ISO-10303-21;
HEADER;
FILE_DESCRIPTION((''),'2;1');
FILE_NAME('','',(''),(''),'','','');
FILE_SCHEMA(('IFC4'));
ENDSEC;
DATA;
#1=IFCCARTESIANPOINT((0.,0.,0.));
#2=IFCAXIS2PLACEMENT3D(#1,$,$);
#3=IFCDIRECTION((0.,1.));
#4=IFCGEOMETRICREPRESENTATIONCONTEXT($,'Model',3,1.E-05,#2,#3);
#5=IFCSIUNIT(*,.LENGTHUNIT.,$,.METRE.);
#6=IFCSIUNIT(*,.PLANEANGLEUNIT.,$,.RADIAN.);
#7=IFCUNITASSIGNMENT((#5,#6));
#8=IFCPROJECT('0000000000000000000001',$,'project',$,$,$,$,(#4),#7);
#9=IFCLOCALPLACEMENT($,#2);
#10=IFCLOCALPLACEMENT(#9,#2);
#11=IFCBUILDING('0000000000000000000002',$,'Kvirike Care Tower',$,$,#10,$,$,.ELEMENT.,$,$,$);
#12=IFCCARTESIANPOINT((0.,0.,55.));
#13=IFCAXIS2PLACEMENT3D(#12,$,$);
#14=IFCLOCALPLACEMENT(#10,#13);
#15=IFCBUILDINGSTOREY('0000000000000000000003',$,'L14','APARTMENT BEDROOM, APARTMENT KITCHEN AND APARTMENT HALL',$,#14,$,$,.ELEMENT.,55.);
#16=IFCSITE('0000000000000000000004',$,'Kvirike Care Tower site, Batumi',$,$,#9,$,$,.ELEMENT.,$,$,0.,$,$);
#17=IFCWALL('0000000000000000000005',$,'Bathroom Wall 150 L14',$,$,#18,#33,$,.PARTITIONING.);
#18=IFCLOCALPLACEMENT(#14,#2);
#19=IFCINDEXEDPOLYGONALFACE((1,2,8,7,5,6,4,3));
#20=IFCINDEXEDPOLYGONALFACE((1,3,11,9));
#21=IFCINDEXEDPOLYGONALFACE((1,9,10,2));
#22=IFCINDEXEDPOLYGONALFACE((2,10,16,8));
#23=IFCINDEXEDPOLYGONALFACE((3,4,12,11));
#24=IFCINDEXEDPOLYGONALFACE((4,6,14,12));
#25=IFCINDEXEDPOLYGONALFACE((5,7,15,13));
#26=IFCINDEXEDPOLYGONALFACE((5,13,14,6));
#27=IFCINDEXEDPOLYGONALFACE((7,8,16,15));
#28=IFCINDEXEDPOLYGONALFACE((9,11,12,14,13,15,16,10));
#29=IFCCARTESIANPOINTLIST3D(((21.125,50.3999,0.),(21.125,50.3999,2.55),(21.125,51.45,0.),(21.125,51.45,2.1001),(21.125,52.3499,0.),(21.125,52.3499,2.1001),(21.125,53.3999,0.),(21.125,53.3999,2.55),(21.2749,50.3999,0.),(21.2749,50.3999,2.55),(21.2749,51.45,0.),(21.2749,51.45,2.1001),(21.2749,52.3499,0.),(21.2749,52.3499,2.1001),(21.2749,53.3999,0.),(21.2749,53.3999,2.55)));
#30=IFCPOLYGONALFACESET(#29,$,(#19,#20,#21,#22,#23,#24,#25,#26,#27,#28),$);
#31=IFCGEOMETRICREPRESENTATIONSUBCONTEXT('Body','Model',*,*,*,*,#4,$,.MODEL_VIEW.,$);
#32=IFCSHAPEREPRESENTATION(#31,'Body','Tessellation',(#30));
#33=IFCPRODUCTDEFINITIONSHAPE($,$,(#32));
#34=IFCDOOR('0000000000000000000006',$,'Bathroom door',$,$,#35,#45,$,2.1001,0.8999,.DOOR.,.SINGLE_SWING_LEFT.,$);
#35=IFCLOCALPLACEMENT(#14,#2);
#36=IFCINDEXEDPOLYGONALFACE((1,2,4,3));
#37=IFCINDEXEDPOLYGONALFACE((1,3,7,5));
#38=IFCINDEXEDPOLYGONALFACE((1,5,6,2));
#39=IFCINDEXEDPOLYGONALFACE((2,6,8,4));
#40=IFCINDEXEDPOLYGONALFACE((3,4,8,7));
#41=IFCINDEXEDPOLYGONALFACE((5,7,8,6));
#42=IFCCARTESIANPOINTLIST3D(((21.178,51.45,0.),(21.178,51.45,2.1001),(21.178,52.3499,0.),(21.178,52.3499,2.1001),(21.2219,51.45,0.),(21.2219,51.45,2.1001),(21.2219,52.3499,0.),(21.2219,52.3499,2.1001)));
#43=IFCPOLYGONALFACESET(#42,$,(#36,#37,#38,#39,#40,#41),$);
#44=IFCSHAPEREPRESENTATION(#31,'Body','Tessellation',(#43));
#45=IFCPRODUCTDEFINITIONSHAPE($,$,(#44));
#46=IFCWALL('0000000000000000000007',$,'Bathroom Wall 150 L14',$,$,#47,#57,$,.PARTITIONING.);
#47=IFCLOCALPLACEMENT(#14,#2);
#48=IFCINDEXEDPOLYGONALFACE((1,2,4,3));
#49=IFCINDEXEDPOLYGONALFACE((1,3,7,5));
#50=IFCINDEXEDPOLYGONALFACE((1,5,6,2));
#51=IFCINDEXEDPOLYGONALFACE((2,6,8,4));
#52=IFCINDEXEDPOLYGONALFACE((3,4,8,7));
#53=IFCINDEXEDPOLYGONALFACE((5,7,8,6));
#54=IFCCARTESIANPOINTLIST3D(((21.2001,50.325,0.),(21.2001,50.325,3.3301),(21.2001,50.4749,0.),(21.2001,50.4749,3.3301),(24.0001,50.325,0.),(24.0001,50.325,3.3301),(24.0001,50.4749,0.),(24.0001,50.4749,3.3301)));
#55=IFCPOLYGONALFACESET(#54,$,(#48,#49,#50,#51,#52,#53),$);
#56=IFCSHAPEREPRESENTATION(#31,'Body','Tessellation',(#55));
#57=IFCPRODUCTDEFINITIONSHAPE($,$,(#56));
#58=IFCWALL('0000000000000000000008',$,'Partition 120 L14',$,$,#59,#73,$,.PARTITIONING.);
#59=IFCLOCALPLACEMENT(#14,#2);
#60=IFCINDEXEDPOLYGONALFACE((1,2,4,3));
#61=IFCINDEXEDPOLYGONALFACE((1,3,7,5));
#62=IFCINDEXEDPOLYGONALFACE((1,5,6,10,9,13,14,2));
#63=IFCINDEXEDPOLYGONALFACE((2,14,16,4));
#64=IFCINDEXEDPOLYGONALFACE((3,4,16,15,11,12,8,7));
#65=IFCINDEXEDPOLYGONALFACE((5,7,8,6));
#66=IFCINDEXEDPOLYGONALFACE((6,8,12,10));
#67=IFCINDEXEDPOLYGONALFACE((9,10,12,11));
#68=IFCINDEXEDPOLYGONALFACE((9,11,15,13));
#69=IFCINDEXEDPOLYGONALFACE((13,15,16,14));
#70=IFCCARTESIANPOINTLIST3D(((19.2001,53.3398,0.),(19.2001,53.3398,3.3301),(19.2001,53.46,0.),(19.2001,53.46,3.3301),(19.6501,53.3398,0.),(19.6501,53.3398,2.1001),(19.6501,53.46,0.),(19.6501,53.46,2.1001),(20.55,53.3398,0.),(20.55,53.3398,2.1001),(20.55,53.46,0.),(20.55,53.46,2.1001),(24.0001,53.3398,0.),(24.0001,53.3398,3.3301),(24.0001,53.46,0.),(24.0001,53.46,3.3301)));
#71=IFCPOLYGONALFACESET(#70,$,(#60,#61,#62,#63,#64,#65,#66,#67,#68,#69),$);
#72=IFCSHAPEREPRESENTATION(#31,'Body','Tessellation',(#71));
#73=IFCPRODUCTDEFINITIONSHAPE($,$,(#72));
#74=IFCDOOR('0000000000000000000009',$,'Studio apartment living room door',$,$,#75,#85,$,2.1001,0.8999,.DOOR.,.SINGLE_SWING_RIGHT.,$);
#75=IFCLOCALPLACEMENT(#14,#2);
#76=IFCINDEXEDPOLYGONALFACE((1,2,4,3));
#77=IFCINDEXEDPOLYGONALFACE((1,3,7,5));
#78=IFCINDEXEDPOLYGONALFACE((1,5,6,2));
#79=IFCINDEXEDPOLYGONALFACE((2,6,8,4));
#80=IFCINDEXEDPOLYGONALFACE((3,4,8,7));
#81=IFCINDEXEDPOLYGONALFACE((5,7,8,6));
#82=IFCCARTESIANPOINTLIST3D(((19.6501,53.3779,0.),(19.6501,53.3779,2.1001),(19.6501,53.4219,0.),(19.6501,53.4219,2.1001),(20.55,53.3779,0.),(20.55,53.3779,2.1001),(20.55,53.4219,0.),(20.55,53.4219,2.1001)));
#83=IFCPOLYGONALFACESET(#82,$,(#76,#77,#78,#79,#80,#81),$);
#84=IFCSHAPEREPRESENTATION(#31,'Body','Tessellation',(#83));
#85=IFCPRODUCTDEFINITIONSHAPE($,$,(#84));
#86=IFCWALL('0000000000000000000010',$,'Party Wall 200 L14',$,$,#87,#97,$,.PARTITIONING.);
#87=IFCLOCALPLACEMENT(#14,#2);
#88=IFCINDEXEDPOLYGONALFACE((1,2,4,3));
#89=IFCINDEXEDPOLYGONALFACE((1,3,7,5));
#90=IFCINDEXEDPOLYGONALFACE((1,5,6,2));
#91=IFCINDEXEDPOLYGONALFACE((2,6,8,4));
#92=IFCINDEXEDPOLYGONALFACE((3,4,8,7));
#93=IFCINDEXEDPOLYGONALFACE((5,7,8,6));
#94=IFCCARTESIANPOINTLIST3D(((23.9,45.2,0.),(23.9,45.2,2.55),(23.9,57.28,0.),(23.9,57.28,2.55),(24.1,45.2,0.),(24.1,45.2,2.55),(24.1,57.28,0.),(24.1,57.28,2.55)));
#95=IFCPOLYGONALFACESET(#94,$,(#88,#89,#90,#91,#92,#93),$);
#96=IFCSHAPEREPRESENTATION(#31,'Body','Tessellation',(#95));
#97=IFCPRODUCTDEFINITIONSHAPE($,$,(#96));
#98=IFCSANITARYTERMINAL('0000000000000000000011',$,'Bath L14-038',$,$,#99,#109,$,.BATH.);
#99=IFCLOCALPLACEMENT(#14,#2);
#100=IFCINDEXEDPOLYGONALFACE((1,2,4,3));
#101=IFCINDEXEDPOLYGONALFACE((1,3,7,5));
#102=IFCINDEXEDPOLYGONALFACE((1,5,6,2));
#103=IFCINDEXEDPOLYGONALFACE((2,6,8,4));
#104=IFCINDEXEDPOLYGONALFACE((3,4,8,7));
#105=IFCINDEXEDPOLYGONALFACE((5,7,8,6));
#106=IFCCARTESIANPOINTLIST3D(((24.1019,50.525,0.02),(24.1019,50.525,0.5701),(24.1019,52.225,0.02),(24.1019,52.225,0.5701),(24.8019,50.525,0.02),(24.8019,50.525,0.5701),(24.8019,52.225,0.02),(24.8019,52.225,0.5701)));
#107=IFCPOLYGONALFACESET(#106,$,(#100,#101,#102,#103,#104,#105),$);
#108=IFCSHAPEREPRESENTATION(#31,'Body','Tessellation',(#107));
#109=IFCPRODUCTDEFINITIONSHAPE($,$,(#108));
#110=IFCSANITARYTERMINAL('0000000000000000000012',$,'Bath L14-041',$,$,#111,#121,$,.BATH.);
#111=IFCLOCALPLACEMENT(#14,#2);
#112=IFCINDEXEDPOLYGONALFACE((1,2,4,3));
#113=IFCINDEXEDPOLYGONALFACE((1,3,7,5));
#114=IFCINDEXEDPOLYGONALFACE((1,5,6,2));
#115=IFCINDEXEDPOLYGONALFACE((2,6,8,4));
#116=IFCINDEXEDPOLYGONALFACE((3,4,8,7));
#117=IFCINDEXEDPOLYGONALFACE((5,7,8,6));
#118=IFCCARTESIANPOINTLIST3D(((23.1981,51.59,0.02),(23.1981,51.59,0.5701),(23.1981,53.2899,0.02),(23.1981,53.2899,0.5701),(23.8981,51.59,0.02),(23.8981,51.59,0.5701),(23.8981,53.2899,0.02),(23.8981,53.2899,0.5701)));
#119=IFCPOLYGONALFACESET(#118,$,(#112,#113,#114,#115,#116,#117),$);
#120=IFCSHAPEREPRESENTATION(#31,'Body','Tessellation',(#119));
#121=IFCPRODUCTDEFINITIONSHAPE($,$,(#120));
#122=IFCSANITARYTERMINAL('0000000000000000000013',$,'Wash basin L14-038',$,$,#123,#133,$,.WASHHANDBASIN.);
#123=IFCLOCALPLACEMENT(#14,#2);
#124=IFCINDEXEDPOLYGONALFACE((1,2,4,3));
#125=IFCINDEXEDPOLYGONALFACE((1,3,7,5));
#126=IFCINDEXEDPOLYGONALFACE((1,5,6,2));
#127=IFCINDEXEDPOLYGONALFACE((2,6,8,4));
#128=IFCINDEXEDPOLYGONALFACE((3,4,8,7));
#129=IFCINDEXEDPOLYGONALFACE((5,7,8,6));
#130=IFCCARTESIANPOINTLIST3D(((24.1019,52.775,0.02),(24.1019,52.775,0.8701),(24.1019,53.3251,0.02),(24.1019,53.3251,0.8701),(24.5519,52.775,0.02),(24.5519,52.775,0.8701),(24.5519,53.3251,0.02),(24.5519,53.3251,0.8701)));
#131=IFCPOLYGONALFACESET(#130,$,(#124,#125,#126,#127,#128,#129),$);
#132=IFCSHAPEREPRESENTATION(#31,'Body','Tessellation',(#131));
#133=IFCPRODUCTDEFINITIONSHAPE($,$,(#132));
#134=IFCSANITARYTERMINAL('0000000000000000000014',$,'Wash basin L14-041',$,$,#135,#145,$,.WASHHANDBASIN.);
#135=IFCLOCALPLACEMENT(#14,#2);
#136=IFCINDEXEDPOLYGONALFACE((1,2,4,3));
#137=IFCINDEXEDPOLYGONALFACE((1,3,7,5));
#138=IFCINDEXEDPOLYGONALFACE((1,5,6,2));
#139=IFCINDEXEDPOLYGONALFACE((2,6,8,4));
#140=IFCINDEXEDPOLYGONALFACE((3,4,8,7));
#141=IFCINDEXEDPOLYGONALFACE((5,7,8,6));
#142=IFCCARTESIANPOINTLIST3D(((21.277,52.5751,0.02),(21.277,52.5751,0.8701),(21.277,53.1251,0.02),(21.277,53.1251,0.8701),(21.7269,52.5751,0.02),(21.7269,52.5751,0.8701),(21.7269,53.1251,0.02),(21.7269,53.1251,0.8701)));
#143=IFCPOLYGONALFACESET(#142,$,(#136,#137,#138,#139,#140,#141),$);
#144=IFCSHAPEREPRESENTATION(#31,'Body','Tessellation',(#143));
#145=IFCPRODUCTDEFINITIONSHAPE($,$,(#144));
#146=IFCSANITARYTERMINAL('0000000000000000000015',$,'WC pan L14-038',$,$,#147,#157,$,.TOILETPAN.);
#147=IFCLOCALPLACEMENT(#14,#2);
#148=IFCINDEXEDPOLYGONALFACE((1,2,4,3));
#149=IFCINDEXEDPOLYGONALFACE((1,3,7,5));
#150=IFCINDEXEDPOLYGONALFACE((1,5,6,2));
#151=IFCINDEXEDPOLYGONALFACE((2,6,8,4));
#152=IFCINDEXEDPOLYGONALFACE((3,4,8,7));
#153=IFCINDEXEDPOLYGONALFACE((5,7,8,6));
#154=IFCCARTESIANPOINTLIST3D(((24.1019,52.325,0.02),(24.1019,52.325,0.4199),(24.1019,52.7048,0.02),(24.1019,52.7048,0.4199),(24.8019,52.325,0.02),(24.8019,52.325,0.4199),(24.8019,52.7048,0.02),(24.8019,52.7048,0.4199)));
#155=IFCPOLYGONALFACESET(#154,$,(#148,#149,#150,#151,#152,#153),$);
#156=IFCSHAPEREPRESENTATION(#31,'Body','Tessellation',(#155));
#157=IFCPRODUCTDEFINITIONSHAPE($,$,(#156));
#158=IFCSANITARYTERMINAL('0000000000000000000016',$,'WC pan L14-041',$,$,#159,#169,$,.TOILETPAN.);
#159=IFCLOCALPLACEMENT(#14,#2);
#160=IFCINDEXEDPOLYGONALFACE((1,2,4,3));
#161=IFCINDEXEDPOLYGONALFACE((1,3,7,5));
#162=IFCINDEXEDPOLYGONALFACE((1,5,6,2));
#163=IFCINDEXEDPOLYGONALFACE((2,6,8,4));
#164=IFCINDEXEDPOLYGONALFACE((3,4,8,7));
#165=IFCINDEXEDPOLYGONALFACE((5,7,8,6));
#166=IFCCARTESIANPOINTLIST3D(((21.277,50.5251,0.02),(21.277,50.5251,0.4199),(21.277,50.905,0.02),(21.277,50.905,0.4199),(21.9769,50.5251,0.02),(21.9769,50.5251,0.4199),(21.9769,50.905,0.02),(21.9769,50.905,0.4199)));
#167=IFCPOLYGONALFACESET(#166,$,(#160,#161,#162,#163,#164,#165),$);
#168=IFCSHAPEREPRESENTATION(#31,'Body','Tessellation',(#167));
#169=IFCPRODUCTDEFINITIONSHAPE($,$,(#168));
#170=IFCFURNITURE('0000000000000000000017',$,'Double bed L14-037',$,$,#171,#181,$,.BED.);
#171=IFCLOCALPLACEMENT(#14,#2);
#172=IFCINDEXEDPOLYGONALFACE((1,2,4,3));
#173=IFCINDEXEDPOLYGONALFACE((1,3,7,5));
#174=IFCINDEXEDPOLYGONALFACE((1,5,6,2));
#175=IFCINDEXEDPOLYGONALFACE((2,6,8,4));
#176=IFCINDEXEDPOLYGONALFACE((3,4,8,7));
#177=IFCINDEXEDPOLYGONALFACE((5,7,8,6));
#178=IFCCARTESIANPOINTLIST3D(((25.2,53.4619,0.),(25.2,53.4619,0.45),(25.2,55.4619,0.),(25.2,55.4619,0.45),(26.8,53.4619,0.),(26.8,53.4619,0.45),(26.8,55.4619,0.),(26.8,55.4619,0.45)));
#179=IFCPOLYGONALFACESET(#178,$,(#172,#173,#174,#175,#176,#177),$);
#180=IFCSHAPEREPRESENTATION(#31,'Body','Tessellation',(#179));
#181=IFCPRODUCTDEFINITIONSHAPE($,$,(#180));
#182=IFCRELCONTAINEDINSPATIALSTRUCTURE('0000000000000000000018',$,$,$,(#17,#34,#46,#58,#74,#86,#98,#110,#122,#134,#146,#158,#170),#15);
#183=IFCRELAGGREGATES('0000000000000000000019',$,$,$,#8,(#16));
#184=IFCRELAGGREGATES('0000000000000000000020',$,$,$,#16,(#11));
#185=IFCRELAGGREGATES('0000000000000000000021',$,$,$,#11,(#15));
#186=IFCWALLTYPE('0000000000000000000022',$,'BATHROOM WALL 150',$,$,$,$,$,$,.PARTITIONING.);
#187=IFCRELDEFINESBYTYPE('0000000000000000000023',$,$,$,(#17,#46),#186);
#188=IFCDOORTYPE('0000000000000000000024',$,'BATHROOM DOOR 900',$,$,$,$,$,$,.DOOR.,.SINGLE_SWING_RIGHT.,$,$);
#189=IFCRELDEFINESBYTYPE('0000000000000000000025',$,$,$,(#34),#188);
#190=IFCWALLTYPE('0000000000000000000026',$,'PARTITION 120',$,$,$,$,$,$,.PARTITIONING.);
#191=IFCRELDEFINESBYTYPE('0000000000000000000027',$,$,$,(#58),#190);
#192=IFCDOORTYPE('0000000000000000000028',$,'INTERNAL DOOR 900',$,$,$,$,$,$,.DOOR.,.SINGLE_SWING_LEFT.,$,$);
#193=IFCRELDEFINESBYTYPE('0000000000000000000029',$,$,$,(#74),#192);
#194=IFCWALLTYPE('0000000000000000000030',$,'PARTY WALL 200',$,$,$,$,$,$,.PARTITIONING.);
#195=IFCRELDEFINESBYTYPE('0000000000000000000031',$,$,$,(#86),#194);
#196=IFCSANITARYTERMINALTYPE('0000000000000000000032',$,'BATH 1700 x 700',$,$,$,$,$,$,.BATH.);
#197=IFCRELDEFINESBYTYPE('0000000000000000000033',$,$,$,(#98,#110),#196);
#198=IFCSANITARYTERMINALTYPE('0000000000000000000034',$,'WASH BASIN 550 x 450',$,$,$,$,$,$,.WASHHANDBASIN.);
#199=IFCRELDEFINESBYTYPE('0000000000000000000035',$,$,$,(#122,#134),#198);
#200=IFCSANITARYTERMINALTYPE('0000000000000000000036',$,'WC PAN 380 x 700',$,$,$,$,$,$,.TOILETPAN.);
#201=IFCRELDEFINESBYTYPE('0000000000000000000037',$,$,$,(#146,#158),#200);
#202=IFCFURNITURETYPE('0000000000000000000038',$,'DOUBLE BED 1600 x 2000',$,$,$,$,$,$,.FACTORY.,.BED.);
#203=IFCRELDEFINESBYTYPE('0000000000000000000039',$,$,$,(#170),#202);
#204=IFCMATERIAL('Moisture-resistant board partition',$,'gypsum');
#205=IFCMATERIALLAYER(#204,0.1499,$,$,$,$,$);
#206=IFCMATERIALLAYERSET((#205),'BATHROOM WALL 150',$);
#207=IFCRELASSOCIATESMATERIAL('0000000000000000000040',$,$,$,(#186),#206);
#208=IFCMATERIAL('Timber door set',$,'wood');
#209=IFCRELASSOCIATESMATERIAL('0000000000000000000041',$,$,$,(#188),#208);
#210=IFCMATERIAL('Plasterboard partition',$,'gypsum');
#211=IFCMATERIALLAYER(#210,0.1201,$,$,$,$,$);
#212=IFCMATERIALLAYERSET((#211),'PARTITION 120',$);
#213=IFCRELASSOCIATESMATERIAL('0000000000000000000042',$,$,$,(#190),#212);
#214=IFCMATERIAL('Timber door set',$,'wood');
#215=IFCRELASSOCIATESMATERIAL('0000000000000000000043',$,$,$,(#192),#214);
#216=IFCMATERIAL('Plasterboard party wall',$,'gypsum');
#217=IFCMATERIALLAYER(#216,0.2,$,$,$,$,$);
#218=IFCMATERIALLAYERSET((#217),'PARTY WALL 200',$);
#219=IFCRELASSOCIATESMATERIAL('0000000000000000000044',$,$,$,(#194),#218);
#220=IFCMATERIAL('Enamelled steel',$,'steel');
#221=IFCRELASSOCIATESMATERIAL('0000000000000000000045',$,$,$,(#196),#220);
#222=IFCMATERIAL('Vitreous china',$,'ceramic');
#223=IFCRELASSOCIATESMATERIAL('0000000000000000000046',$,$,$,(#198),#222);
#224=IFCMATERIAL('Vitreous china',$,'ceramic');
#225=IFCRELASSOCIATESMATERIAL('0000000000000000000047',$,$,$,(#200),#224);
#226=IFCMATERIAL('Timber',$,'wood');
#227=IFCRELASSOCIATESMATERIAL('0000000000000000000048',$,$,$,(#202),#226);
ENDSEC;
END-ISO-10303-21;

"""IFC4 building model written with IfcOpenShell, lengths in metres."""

from ifc_helpers import new_model, si_unit, direction, frame, frame_2d, origin, origin_2d, place, context, subcontext, project, spatial, rectangle, extrude, material, layer, layer_set, type_object, element, fill, save


model = new_model("IFC4")

# Units and contexts
model_context = context("Model", 3, precision=1e-05, world=origin(), true_north=direction((0.0, 1.0)))
body_context = subcontext(model_context, "Body", "Model", "MODEL_VIEW")
ifc_project = project(units=[si_unit("LENGTHUNIT", "METRE"), si_unit("PLANEANGLEUNIT", "RADIAN")], contexts=[model_context])

# Site, building, storey
site_placement = place(None, origin())
site = spatial("IfcSite", under=ifc_project, at=site_placement, Name="Kvirike Care Tower site, Batumi", CompositionType="ELEMENT", RefElevation=0.0)
building_placement = place(site_placement, origin())
building = spatial("IfcBuilding", under=site, at=building_placement, Name="Kvirike Care Tower", CompositionType="ELEMENT")
storey_placement = place(building_placement, frame((0.0, 0.0, 55.0)))
storey = spatial("IfcBuildingStorey", under=building, at=storey_placement, Name="L14", Description="APARTMENT BEDROOM, APARTMENT KITCHEN AND APARTMENT HALL", CompositionType="ELEMENT", Elevation=55.0)

# Wall, opening, door
ifc_material_1 = material(Name="Moisture-resistant board partition", Category="gypsum")
ifc_layer_1 = layer(ifc_material_1, 0.1499)
ifc_layer_set_1 = layer_set([ifc_layer_1], Name="BATHROOM WALL 150")
wall_type_1 = type_object("IfcWallType", Name="BATHROOM WALL 150", PredefinedType="PARTITIONING", material=ifc_layer_set_1)
wall_1_placement = place(storey_placement, frame((21.2, 53.3999, 0.0), z_axis=(0.0, 0.0, 1.0), x_axis=(0.0, -1.0, 0.0)))
wall_1 = element("IfcWall", 1, at=wall_1_placement, inside=storey, type_object=wall_type_1, Name="Bathroom Wall 150 L14", PredefinedType="PARTITIONING", context=body_context, shape_type="SweptSolid", body=[
    extrude(rectangle(XDim=3.0, YDim=0.1499, at=frame_2d((1.5, 0.0))), origin(), (0.0, 0.0, 1.0), 2.55),
])
opening_1_placement = place(wall_1_placement, frame((1.05, 0.0, 0.0)))
opening_1 = element("IfcOpeningElement", 2, at=opening_1_placement, cuts=wall_1, PredefinedType="OPENING", context=body_context, shape_type="SweptSolid", body=[
    extrude(rectangle(XDim=0.8999, YDim=2.1001, at=frame_2d((0.45, 1.05))), frame((0.0, 0.0854, 0.0), z_axis=(0.0, -1.0, 0.0), x_axis=(1.0, 0.0, 0.0)), (0.0, 0.0, 1.0), 0.1709),
])
ifc_material_2 = material(Name="Timber door set", Category="wood")
door_type_1 = type_object("IfcDoorType", Name="BATHROOM DOOR 900", OperationType="SINGLE_SWING_RIGHT", PredefinedType="DOOR", material=ifc_material_2)
door_1_placement = place(opening_1_placement, origin())
door_1 = element("IfcDoor", 3, at=door_1_placement, inside=storey, type_object=door_type_1, Name="Bathroom door", OperationType="SINGLE_SWING_LEFT", OverallHeight=2.1001, OverallWidth=0.8999, PredefinedType="DOOR", context=body_context, shape_type="SweptSolid", body=[
    extrude(rectangle(XDim=0.8999, YDim=2.1001, at=frame_2d((0.45, 1.05))), frame((0.0, 0.022, 0.0), z_axis=(0.0, -1.0, 0.0), x_axis=(1.0, 0.0, 0.0)), (0.0, 0.0, 1.0), 0.0439),
])
fill(opening_1, door_1)

# Wall
wall_2_placement = place(storey_placement, frame((24.0, 50.3999, 0.0), z_axis=(0.0, 0.0, 1.0), x_axis=(-1.0, 0.0, 0.0)))
element("IfcWall", 4, at=wall_2_placement, inside=storey, type_object=wall_type_1, Name="Bathroom Wall 150 L14", PredefinedType="PARTITIONING", context=body_context, shape_type="SweptSolid", body=[
    extrude(rectangle(XDim=2.8, YDim=0.1499, at=frame_2d((1.3999, 0.0))), origin(), (0.0, 0.0, 1.0), 3.3301),
])

# Wall, opening, door
ifc_material_3 = material(Name="Plasterboard partition", Category="gypsum")
ifc_layer_2 = layer(ifc_material_3, 0.1201)
ifc_layer_set_2 = layer_set([ifc_layer_2], Name="PARTITION 120")
wall_type_2 = type_object("IfcWallType", Name="PARTITION 120", PredefinedType="PARTITIONING", material=ifc_layer_set_2)
wall_3_placement = place(storey_placement, frame((24.0, 53.3999, 0.0), z_axis=(0.0, 0.0, 1.0), x_axis=(-1.0, 0.0, 0.0)))
wall_3 = element("IfcWall", 5, at=wall_3_placement, inside=storey, type_object=wall_type_2, Name="Partition 120 L14", PredefinedType="PARTITIONING", context=body_context, shape_type="SweptSolid", body=[
    extrude(rectangle(XDim=4.8, YDim=0.1201, at=frame_2d((2.3999, 0.0))), origin(), (0.0, 0.0, 1.0), 3.3301),
])
opening_2_placement = place(wall_3_placement, frame((3.45, 0.0, 0.0)))
opening_2 = element("IfcOpeningElement", 6, at=opening_2_placement, cuts=wall_3, PredefinedType="OPENING", context=body_context, shape_type="SweptSolid", body=[
    extrude(rectangle(XDim=0.8999, YDim=2.1001, at=frame_2d((0.45, 1.05))), frame((0.0, 0.0706, 0.0), z_axis=(0.0, -1.0, 0.0), x_axis=(1.0, 0.0, 0.0)), (0.0, 0.0, 1.0), 0.1411),
])
ifc_material_4 = material(Name="Timber door set", Category="wood")
door_type_2 = type_object("IfcDoorType", Name="INTERNAL DOOR 900", OperationType="SINGLE_SWING_LEFT", PredefinedType="DOOR", material=ifc_material_4)
door_2_placement = place(opening_2_placement, frame((0.8999, 0.0, 0.0), z_axis=(0.0, 0.0, 1.0), x_axis=(-1.0, 0.0, 0.0)))
door_2 = element("IfcDoor", 7, at=door_2_placement, inside=storey, type_object=door_type_2, Name="Studio apartment living room door", OperationType="SINGLE_SWING_RIGHT", OverallHeight=2.1001, OverallWidth=0.8999, PredefinedType="DOOR", context=body_context, shape_type="SweptSolid", body=[
    extrude(rectangle(XDim=0.8999, YDim=2.1001, at=frame_2d((0.45, 1.05))), frame((0.0, 0.022, 0.0), z_axis=(0.0, -1.0, 0.0), x_axis=(1.0, 0.0, 0.0)), (0.0, 0.0, 1.0), 0.0439),
])
fill(opening_2, door_2)

# Wall
ifc_material_5 = material(Name="Plasterboard party wall", Category="gypsum")
ifc_layer_3 = layer(ifc_material_5, 0.2)
ifc_layer_set_3 = layer_set([ifc_layer_3], Name="PARTY WALL 200")
wall_type_3 = type_object("IfcWallType", Name="PARTY WALL 200", PredefinedType="PARTITIONING", material=ifc_layer_set_3)
wall_4_placement = place(storey_placement, frame((24.0, 57.28, 0.0), z_axis=(0.0, 0.0, 1.0), x_axis=(0.0, -1.0, 0.0)))
element("IfcWall", 8, at=wall_4_placement, inside=storey, type_object=wall_type_3, Name="Party Wall 200 L14", PredefinedType="PARTITIONING", context=body_context, shape_type="SweptSolid", body=[
    extrude(rectangle(XDim=12.0801, YDim=0.2, at=frame_2d((6.04, 0.0))), origin(), (0.0, 0.0, 1.0), 2.55),
])

# Sanitary terminals
ifc_material_6 = material(Name="Enamelled steel", Category="steel")
sanitary_terminal_type_1 = type_object("IfcSanitaryTerminalType", Name="BATH 1700 x 700", PredefinedType="BATH", material=ifc_material_6)
for number, where, z_axis, x_axis, name in (
    (9, (24.4519, 51.375, 0.02), (0.0, 0.0, 1.0), (0.0, 1.0, 0.0), "Bath L14-038"),
    (10, (23.5481, 52.4399, 0.02), (0.0, 0.0, 1.0), (0.0, -1.0, 0.0), "Bath L14-041"),
):
    element("IfcSanitaryTerminal", number, at=place(storey_placement, frame(where, z_axis=z_axis, x_axis=x_axis)), inside=storey, type_object=sanitary_terminal_type_1, Name=name, PredefinedType="BATH", context=body_context, shape_type="SweptSolid", body=[
        extrude(rectangle(XDim=1.7, YDim=0.7, at=origin_2d()), origin(), (0.0, 0.0, 1.0), 0.55),
    ])
ifc_material_7 = material(Name="Vitreous china", Category="ceramic")
sanitary_terminal_type_2 = type_object("IfcSanitaryTerminalType", Name="WASH BASIN 550 x 450", PredefinedType="WASHHANDBASIN", material=ifc_material_7)
for number, where, z_axis, x_axis, name in (
    (11, (24.3269, 53.05, 0.02), (0.0, 0.0, 1.0), (0.0, 1.0, 0.0), "Wash basin L14-038"),
    (12, (21.502, 52.8501, 0.02), (0.0, 0.0, 1.0), (0.0, 1.0, 0.0), "Wash basin L14-041"),
):
    element("IfcSanitaryTerminal", number, at=place(storey_placement, frame(where, z_axis=z_axis, x_axis=x_axis)), inside=storey, type_object=sanitary_terminal_type_2, Name=name, PredefinedType="WASHHANDBASIN", context=body_context, shape_type="SweptSolid", body=[
        extrude(rectangle(XDim=0.55, YDim=0.45, at=origin_2d()), origin(), (0.0, 0.0, 1.0), 0.8501),
    ])
ifc_material_8 = material(Name="Vitreous china", Category="ceramic")
sanitary_terminal_type_3 = type_object("IfcSanitaryTerminalType", Name="WC PAN 380 x 700", PredefinedType="TOILETPAN", material=ifc_material_8)
for number, where, z_axis, x_axis, name in (
    (13, (24.4519, 52.5149, 0.02), (0.0, 0.0, 1.0), (0.0, 1.0, 0.0), "WC pan L14-038"),
    (14, (21.627, 50.7151, 0.02), (0.0, 0.0, 1.0), (0.0, 1.0, 0.0), "WC pan L14-041"),
):
    element("IfcSanitaryTerminal", number, at=place(storey_placement, frame(where, z_axis=z_axis, x_axis=x_axis)), inside=storey, type_object=sanitary_terminal_type_3, Name=name, PredefinedType="TOILETPAN", context=body_context, shape_type="SweptSolid", body=[
        extrude(rectangle(XDim=0.3799, YDim=0.7, at=origin_2d()), origin(), (0.0, 0.0, 1.0), 0.3999),
    ])

# Furniture
ifc_material_9 = material(Name="Timber", Category="wood")
furniture_type = type_object("IfcFurnitureType", Name="DOUBLE BED 1600 x 2000", AssemblyPlace="FACTORY", PredefinedType="BED", material=ifc_material_9)
for number, where, z_axis, x_axis, name in (
    (15, (26.0, 54.4619, 0.0), (0.0, 0.0, 1.0), (-1.0, 0.0, 0.0), "Double bed L14-037"),
):
    element("IfcFurniture", number, at=place(storey_placement, frame(where, z_axis=z_axis, x_axis=x_axis)), inside=storey, type_object=furniture_type, Name=name, PredefinedType="BED", context=body_context, shape_type="SweptSolid", body=[
        extrude(rectangle(XDim=1.6001, YDim=2.0, at=origin_2d()), origin(), (0.0, 0.0, 1.0), 0.45),
    ])

save(model, "model.ifc")
